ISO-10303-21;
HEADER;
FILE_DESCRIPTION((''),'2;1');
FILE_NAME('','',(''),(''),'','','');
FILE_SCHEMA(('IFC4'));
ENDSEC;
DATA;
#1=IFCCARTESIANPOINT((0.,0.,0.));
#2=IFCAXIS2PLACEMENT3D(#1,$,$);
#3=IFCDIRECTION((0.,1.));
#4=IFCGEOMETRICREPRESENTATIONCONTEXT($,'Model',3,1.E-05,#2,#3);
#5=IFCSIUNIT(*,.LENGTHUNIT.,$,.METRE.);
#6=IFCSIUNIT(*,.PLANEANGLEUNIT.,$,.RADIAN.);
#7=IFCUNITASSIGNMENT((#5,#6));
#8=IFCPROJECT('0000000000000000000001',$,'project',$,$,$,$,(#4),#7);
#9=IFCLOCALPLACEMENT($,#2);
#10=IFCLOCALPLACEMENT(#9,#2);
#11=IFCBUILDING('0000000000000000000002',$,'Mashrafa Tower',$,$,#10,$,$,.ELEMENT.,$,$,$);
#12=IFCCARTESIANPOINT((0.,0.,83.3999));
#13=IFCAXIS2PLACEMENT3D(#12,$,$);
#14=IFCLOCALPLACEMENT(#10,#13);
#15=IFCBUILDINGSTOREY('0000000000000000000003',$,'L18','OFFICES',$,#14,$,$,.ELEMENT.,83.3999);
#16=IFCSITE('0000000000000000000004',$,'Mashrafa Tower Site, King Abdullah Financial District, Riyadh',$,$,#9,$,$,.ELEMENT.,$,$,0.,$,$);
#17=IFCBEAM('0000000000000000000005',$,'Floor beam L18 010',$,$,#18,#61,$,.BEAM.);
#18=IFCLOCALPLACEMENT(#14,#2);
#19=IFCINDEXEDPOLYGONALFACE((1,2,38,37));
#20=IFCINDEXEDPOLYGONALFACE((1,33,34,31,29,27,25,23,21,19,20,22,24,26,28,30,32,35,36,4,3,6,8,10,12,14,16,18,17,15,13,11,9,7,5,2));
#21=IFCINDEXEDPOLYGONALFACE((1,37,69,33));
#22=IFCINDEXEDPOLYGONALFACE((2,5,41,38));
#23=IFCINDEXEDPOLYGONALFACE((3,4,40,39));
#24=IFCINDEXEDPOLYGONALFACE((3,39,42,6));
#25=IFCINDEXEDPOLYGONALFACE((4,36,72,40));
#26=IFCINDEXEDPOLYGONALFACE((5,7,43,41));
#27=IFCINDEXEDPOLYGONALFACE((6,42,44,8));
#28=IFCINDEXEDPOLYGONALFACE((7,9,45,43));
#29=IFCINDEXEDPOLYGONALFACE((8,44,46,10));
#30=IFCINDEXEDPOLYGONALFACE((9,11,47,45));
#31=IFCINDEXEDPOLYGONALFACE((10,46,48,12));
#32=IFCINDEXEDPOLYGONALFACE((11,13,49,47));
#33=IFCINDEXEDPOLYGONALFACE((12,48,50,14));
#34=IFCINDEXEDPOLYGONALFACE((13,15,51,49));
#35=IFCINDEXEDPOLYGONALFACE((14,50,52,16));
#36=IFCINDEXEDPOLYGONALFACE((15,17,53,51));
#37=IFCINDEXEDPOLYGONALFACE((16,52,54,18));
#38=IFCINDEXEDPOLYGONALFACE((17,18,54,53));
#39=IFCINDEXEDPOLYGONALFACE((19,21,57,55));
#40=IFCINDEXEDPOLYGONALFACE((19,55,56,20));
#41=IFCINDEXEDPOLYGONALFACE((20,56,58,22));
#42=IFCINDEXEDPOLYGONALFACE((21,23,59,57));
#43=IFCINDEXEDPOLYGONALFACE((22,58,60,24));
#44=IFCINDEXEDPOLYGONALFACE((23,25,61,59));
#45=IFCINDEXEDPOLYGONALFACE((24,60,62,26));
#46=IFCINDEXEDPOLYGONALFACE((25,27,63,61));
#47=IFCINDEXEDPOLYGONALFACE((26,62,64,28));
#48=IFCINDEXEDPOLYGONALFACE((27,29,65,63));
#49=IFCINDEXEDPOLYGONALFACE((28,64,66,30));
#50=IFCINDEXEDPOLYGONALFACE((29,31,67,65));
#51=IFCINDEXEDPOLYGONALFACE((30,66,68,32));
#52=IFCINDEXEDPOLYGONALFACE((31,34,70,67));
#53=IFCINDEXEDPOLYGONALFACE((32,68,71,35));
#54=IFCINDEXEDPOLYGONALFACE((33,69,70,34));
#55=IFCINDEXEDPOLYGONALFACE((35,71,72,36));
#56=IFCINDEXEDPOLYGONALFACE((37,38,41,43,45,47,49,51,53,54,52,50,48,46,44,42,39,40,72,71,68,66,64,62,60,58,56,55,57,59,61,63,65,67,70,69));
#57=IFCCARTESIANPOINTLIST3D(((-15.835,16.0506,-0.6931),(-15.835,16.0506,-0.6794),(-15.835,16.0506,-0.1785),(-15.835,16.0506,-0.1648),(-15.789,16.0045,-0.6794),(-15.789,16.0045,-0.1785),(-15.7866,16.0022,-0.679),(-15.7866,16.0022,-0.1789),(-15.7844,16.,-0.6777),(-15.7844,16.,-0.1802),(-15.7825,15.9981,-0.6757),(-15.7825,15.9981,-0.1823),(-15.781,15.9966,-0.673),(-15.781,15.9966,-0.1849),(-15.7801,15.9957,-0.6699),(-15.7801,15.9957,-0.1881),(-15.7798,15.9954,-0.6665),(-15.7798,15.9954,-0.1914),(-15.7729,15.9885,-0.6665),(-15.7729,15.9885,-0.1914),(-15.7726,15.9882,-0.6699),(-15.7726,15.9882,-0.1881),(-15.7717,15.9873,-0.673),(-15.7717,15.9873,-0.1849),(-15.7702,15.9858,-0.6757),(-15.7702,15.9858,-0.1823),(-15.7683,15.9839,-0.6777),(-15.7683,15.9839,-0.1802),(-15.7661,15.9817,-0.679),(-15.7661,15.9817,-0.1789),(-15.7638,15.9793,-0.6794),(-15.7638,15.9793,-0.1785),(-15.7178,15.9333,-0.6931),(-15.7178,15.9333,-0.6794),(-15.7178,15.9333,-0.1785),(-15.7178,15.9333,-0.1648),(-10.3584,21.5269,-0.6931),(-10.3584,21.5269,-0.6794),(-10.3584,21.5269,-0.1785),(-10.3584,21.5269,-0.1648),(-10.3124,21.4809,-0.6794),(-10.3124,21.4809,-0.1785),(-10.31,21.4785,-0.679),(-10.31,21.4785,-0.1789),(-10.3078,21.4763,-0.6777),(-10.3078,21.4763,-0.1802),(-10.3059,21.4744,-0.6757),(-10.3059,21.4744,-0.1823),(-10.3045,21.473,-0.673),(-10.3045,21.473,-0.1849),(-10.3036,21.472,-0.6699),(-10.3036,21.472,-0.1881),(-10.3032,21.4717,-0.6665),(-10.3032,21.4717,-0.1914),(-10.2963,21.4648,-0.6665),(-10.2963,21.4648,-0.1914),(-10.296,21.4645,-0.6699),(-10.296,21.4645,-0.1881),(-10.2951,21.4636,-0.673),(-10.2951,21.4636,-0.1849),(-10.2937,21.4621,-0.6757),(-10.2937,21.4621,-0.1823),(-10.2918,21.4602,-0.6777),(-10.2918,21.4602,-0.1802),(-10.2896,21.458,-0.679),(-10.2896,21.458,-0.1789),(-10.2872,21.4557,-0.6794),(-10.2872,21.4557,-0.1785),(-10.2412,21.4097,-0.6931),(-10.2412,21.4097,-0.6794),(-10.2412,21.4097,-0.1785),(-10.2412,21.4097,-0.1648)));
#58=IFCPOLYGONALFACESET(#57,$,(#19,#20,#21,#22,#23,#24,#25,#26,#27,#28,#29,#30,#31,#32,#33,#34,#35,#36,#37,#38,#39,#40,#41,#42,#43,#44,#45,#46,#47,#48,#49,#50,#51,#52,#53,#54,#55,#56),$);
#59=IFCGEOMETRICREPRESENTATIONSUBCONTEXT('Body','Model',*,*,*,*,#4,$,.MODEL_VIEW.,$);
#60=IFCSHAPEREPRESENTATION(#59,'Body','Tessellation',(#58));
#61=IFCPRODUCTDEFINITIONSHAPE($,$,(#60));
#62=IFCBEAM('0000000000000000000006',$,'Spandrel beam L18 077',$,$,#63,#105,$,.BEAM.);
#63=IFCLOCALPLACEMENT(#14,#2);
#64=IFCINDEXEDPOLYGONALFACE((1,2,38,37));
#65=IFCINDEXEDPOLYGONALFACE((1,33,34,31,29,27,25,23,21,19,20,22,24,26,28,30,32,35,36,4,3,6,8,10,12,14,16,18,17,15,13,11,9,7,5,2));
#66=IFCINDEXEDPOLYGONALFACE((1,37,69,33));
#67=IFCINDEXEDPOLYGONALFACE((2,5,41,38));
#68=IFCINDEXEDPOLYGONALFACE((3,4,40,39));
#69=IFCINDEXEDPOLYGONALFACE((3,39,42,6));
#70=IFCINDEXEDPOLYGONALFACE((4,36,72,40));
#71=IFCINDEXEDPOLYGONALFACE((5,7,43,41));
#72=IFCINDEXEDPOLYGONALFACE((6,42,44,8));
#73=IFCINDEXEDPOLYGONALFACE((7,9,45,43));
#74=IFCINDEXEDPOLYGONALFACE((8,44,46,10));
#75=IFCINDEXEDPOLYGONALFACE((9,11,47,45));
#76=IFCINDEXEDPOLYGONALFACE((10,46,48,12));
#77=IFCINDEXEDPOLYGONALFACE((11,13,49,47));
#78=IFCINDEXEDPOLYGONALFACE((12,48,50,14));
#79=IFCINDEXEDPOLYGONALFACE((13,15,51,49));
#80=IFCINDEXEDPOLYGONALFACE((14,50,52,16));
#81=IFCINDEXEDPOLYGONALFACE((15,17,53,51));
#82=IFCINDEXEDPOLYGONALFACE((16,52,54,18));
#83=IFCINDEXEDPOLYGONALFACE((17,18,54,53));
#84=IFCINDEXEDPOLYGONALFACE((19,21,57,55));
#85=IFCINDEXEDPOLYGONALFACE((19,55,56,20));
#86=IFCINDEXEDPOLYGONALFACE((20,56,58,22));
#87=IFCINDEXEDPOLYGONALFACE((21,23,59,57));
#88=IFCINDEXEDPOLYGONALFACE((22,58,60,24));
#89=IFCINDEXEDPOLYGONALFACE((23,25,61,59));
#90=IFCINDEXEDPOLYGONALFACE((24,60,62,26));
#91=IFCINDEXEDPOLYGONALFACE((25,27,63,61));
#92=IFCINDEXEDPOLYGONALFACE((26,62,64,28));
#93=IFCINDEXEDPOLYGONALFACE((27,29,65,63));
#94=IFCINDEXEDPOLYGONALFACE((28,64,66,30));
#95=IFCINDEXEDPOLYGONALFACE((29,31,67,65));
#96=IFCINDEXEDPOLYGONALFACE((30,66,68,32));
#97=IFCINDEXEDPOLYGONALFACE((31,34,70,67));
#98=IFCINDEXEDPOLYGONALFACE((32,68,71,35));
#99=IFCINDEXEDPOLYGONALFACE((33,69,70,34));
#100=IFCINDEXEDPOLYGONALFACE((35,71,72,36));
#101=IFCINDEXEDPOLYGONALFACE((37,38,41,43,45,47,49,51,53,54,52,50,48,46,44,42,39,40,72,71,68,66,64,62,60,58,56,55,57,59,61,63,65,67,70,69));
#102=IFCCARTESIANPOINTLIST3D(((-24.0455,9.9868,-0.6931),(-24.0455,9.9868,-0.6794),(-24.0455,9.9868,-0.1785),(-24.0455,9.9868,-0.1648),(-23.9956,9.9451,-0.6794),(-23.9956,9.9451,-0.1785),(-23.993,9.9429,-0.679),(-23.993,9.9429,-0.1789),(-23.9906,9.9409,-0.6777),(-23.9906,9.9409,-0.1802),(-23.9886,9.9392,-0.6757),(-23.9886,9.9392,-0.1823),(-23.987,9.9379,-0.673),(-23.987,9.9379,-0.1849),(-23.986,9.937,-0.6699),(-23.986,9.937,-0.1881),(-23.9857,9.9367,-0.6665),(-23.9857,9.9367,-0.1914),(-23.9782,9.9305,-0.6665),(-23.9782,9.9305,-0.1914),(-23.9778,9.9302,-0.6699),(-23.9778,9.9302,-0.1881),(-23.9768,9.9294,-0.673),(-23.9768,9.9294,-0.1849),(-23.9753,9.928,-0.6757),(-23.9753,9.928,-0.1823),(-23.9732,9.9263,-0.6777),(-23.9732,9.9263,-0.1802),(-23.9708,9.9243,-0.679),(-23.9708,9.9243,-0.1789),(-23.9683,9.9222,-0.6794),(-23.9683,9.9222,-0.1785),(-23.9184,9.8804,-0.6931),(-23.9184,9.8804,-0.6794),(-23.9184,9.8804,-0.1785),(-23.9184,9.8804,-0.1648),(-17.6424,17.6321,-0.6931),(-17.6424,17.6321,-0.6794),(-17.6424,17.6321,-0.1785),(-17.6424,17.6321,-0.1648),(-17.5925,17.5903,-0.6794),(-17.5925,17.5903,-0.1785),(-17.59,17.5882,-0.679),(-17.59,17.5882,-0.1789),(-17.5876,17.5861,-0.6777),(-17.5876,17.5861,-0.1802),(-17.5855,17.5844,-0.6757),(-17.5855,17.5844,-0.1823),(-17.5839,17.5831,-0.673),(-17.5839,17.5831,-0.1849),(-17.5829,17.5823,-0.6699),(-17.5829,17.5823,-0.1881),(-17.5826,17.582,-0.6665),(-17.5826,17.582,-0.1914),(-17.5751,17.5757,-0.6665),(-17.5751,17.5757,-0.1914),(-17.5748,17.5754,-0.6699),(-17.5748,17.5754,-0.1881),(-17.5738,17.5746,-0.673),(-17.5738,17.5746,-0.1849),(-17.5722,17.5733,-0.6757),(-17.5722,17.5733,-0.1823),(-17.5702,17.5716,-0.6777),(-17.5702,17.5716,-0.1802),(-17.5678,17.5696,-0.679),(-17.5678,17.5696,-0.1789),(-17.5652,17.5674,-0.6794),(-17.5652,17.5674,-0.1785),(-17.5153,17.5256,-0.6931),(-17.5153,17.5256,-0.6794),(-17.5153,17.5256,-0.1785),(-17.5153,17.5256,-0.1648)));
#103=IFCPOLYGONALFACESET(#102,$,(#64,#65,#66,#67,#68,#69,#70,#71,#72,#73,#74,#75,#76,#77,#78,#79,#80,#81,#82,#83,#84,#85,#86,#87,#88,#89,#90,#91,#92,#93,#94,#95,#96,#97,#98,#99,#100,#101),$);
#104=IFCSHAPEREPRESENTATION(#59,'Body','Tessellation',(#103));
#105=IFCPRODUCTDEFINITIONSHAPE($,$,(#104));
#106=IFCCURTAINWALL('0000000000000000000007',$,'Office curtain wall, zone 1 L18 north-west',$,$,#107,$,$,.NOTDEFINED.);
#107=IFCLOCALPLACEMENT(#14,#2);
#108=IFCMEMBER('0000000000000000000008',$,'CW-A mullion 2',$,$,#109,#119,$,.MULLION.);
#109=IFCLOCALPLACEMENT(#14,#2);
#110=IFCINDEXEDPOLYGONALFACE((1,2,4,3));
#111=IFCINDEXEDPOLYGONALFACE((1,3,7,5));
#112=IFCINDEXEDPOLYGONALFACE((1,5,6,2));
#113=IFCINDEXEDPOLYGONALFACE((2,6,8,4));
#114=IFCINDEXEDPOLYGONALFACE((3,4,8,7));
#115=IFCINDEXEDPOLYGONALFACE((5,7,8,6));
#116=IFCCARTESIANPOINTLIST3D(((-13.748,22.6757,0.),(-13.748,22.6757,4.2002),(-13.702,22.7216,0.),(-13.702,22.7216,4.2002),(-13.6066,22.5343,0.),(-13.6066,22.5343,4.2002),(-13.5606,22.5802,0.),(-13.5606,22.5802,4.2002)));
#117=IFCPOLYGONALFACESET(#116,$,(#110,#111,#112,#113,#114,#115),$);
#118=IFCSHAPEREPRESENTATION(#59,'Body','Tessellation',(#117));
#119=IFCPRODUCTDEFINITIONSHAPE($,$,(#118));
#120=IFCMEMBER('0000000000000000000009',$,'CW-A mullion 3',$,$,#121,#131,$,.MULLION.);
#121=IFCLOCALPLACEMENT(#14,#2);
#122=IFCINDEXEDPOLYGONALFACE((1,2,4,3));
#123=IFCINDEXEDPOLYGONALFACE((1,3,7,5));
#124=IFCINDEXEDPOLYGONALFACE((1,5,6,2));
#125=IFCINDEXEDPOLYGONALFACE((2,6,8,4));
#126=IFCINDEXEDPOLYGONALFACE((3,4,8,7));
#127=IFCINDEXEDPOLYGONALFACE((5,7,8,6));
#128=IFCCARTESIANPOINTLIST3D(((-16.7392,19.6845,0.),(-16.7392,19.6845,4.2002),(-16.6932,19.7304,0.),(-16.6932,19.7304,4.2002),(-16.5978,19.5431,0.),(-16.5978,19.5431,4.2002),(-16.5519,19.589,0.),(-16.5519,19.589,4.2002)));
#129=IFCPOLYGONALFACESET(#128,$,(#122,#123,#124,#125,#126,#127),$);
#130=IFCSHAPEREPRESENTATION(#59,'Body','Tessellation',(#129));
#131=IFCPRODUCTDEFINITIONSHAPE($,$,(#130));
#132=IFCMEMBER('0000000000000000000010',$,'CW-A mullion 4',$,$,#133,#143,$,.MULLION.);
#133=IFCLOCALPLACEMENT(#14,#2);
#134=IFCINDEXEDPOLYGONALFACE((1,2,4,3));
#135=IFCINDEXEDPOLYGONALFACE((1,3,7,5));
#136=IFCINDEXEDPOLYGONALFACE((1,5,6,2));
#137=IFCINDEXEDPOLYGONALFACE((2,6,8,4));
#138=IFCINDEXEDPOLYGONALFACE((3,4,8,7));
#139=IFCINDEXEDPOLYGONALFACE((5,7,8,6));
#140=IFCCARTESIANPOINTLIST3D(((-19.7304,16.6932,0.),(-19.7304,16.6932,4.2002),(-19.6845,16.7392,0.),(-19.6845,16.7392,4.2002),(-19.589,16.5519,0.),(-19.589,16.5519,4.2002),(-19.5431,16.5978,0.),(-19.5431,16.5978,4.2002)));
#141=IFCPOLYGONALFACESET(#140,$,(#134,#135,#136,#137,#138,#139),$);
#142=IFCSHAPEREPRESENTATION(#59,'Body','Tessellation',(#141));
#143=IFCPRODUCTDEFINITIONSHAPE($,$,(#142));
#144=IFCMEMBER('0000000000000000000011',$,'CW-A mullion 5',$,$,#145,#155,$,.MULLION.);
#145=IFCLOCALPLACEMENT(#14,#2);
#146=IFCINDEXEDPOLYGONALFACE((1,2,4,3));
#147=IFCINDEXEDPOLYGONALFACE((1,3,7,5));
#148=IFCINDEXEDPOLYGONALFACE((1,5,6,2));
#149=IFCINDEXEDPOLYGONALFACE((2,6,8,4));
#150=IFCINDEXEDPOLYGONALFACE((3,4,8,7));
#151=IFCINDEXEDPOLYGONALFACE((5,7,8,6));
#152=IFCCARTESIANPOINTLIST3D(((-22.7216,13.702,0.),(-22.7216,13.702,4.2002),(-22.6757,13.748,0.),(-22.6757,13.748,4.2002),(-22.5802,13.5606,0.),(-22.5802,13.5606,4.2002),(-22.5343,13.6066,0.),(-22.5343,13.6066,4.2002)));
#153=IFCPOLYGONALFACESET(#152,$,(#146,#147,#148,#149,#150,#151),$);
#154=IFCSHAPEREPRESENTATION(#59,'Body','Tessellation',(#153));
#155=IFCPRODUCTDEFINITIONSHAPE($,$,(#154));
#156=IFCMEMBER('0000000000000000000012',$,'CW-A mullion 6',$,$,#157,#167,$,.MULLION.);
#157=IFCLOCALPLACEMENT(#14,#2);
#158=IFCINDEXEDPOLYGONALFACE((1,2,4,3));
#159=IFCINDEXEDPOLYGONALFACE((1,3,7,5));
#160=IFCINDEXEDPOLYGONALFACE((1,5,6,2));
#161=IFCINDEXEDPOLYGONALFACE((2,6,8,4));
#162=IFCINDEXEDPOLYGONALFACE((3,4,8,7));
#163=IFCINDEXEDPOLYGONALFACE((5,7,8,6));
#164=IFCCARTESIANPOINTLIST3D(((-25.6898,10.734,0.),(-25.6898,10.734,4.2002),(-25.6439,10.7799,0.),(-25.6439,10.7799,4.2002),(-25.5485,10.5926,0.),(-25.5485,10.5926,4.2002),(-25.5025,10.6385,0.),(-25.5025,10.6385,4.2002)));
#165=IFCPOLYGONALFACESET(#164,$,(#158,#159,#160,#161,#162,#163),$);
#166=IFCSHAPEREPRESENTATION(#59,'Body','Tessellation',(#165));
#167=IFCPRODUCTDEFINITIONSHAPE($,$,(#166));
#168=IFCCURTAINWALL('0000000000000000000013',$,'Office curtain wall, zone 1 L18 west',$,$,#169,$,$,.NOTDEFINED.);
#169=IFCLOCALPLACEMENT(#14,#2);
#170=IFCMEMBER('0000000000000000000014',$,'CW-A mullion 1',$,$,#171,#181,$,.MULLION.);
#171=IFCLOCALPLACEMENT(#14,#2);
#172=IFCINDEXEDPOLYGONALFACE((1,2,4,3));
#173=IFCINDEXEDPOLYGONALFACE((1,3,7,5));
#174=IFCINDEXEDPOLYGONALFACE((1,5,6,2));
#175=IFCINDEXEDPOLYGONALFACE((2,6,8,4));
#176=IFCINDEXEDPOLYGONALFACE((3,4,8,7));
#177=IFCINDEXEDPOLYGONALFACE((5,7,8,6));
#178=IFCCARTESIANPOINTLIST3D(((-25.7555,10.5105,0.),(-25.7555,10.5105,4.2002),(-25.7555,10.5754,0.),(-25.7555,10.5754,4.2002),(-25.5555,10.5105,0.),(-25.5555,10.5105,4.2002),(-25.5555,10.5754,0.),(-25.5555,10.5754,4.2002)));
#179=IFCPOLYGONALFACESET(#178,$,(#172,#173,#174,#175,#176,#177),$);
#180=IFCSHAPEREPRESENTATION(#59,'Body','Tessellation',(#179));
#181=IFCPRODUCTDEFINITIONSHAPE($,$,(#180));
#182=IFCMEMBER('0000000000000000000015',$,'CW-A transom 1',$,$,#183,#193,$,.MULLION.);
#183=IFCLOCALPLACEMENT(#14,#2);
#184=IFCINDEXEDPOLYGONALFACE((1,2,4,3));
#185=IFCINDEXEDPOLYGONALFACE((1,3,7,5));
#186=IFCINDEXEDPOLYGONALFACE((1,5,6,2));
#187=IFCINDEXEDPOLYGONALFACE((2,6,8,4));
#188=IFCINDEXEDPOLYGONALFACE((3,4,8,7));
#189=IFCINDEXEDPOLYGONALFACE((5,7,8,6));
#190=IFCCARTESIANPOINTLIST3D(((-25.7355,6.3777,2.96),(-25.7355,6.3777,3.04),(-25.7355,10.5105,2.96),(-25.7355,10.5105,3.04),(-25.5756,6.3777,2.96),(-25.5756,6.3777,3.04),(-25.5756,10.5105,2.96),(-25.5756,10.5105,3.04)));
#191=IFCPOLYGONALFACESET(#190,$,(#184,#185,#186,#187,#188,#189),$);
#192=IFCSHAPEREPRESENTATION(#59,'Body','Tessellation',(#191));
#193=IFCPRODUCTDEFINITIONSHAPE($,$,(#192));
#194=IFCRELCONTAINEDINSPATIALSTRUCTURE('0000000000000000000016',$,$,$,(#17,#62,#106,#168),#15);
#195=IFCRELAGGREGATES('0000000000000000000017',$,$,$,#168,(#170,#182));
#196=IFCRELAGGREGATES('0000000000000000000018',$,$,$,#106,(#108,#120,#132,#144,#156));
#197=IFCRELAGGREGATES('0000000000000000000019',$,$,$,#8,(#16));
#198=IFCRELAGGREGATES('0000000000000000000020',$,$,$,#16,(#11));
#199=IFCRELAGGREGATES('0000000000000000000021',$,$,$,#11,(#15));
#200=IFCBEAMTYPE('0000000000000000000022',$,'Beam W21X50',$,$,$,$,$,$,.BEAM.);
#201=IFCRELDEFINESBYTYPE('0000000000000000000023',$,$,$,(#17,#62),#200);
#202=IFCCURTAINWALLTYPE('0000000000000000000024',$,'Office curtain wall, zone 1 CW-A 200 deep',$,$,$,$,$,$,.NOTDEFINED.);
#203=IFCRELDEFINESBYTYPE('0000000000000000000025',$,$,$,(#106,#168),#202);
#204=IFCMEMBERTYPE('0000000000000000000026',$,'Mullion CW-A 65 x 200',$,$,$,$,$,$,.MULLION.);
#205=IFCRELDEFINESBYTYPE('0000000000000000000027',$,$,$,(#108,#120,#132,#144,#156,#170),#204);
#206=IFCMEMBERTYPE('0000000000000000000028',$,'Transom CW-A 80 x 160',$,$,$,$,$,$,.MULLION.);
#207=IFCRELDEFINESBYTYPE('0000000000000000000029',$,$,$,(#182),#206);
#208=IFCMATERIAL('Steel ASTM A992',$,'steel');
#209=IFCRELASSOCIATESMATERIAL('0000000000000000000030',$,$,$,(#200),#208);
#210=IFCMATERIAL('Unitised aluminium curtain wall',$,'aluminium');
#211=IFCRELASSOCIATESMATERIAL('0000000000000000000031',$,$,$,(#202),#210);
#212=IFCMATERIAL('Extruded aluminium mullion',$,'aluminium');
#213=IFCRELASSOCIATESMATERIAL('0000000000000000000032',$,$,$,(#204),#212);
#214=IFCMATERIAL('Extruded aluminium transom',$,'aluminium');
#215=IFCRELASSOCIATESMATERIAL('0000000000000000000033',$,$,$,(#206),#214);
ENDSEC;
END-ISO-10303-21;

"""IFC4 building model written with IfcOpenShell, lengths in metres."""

from ifc_helpers import new_model, si_unit, direction, frame, origin, origin_2d, place, context, subcontext, project, spatial, rectangle, i_section, extrude, source, transform, mapped, material, material_profile, profile_set, type_object, type_shapes, element, aggregate, save


model = new_model("IFC4")

# Units and contexts
model_context = context("Model", 3, precision=1e-05, world=origin(), true_north=direction((0.0, 1.0)))
body_context = subcontext(model_context, "Body", "Model", "MODEL_VIEW")
ifc_project = project(units=[si_unit("LENGTHUNIT", "METRE"), si_unit("PLANEANGLEUNIT", "RADIAN")], contexts=[model_context])

# Site, building, storey
site_placement = place(None, origin())
site = spatial("IfcSite", under=ifc_project, at=site_placement, Name="Mashrafa Tower Site, King Abdullah Financial District, Riyadh", CompositionType="ELEMENT", RefElevation=0.0)
building_placement = place(site_placement, origin())
building = spatial("IfcBuilding", under=site, at=building_placement, Name="Mashrafa Tower", CompositionType="ELEMENT")
storey_placement = place(building_placement, frame((0.0, 0.0, 83.3999)))
storey = spatial("IfcBuildingStorey", under=building, at=storey_placement, Name="L18", Description="OFFICES", CompositionType="ELEMENT", Elevation=83.3999)

# Beams
ifc_material_1 = material(Name="Steel ASTM A992", Category="steel")
ifc_material_profile_1 = material_profile(ifc_material_1, i_section(OverallWidth=0.1658, OverallDepth=0.5283, WebThickness=0.0098, FlangeThickness=0.0137, FilletRadius=0.0129, at=origin_2d()), Name="W21X50")
ifc_profile_set_1 = profile_set([ifc_material_profile_1], Name="Steel ASTM A992")
beam_type_1 = type_object("IfcBeamType", Name="Beam W21X50", PredefinedType="BEAM", material=ifc_profile_set_1)
beam_1_placement = place(storey_placement, frame((-15.7764, 15.9919, -0.429), z_axis=(0.707123, 0.707091, 0.0), x_axis=(-0.707091, 0.707123, 0.0)))
element("IfcBeam", 1, at=beam_1_placement, inside=storey, type_object=beam_type_1, Name="Floor beam L18 010", PredefinedType="BEAM", context=body_context, shape_type="SweptSolid", body=[
    extrude(i_section(OverallWidth=0.1658, OverallDepth=0.5283, WebThickness=0.0098, FlangeThickness=0.0137, FilletRadius=0.0129, at=origin_2d()), origin(), (0.0, 0.0, 1.0), 7.7449),
])
beam_2_placement = place(storey_placement, frame((-17.5789, 17.5789, -0.429), z_axis=(-0.642078, -0.76664, 0.0), x_axis=(0.76664, -0.642078, 0.0)))
element("IfcBeam", 2, at=beam_2_placement, inside=storey, type_object=beam_type_1, Name="Spandrel beam L18 077", PredefinedType="BEAM", context=body_context, shape_type="SweptSolid", body=[
    extrude(i_section(OverallWidth=0.1658, OverallDepth=0.5283, WebThickness=0.0098, FlangeThickness=0.0137, FilletRadius=0.0129, at=origin_2d()), origin(), (0.0, 0.0, 1.0), 9.9724),
])

# Curtain walls, members
ifc_material_2 = material(Name="Unitised aluminium curtain wall", Category="aluminium")
curtain_wall_type = type_object("IfcCurtainWallType", Name="Office curtain wall, zone 1 CW-A 200 deep", PredefinedType="NOTDEFINED", material=ifc_material_2)
curtain_wall_1_placement = place(storey_placement, origin())
curtain_wall_1 = element("IfcCurtainWall", 3, at=curtain_wall_1_placement, inside=storey, type_object=curtain_wall_type, Name="Office curtain wall, zone 1 L18 north-west", PredefinedType="NOTDEFINED")
ifc_material_3 = material(Name="Extruded aluminium mullion", Category="aluminium")
ifc_material_profile_2 = material_profile(ifc_material_3, rectangle(XDim=0.2, YDim=0.0649, at=origin_2d()), Name="Mullion 65x200")
ifc_profile_set_2 = profile_set([ifc_material_profile_2], Name="Extruded aluminium mullion")
member_type_1 = type_object("IfcMemberType", Name="Mullion CW-A 65 x 200", PredefinedType="MULLION", material=ifc_profile_set_2)
shared_shape_1 = source(origin(), body_context, "Body", "SweptSolid", [
    extrude(rectangle(XDim=0.2, YDim=0.0649, at=origin_2d()), origin(), (0.0, 0.0, 1.0), 4.2002),
])
type_shapes(member_type_1, [shared_shape_1])
member_1_placement = place(storey_placement, frame((-13.6543, 22.6279, 0.0), z_axis=(0.0, 0.0, 1.0), x_axis=(0.707107, -0.707107, 0.0)))
member_1 = element("IfcMember", 4, at=member_1_placement, type_object=member_type_1, Name="CW-A mullion 2", PredefinedType="MULLION", context=body_context, shape_type="MappedRepresentation", body=[
    mapped(shared_shape_1, transform((0.0, 0.0, 0.0))),
])
member_2_placement = place(storey_placement, frame((-16.6455, 19.6367, 0.0), z_axis=(0.0, 0.0, 1.0), x_axis=(0.707107, -0.707107, 0.0)))
member_2 = element("IfcMember", 5, at=member_2_placement, type_object=member_type_1, Name="CW-A mullion 3", PredefinedType="MULLION", context=body_context, shape_type="MappedRepresentation", body=[
    mapped(shared_shape_1, transform((0.0, 0.0, 0.0))),
])
member_3_placement = place(storey_placement, frame((-19.6367, 16.6455, 0.0), z_axis=(0.0, 0.0, 1.0), x_axis=(0.707107, -0.707107, 0.0)))
member_3 = element("IfcMember", 6, at=member_3_placement, type_object=member_type_1, Name="CW-A mullion 4", PredefinedType="MULLION", context=body_context, shape_type="MappedRepresentation", body=[
    mapped(shared_shape_1, transform((0.0, 0.0, 0.0))),
])
member_4_placement = place(storey_placement, frame((-22.6279, 13.6543, 0.0), z_axis=(0.0, 0.0, 1.0), x_axis=(0.707107, -0.707107, 0.0)))
member_4 = element("IfcMember", 7, at=member_4_placement, type_object=member_type_1, Name="CW-A mullion 5", PredefinedType="MULLION", context=body_context, shape_type="MappedRepresentation", body=[
    mapped(shared_shape_1, transform((0.0, 0.0, 0.0))),
])
member_5_placement = place(storey_placement, frame((-25.5962, 10.6863, 0.0), z_axis=(0.0, 0.0, 1.0), x_axis=(0.707107, -0.707107, 0.0)))
member_5 = element("IfcMember", 8, at=member_5_placement, type_object=member_type_1, Name="CW-A mullion 6", PredefinedType="MULLION", context=body_context, shape_type="MappedRepresentation", body=[
    mapped(shared_shape_1, transform((0.0, 0.0, 0.0))),
])
curtain_wall_2_placement = place(storey_placement, origin())
curtain_wall_2 = element("IfcCurtainWall", 9, at=curtain_wall_2_placement, inside=storey, type_object=curtain_wall_type, Name="Office curtain wall, zone 1 L18 west", PredefinedType="NOTDEFINED")
member_6_placement = place(storey_placement, frame((-25.6555, 10.543, 0.0), z_axis=(0.0, 0.0, 1.0), x_axis=(1.0, 0.0, 0.0)))
member_6 = element("IfcMember", 10, at=member_6_placement, type_object=member_type_1, Name="CW-A mullion 1", PredefinedType="MULLION", context=body_context, shape_type="MappedRepresentation", body=[
    mapped(shared_shape_1, transform((0.0, 0.0, 0.0))),
])
ifc_material_4 = material(Name="Extruded aluminium transom", Category="aluminium")
ifc_material_profile_3 = material_profile(ifc_material_4, rectangle(XDim=0.1599, YDim=0.0801, at=origin_2d()), Name="Transom 80x160")
ifc_profile_set_3 = profile_set([ifc_material_profile_3], Name="Extruded aluminium transom")
member_type_2 = type_object("IfcMemberType", Name="Transom CW-A 80 x 160", PredefinedType="MULLION", material=ifc_profile_set_3)
shared_shape_2 = source(origin(), body_context, "Body", "SweptSolid", [
    extrude(rectangle(XDim=0.1599, YDim=0.0801, at=origin_2d()), origin(), (0.0, 0.0, 1.0), 4.1328),
])
member_7_placement = place(storey_placement, frame((-25.6555, 10.5105, 3.0), z_axis=(0.0, -1.0, 0.0), x_axis=(1.0, 0.0, 0.0)))
member_7 = element("IfcMember", 11, at=member_7_placement, type_object=member_type_2, Name="CW-A transom 1", PredefinedType="MULLION", context=body_context, shape_type="MappedRepresentation", body=[
    mapped(shared_shape_2, transform((0.0, 0.0, 0.0))),
])
aggregate(curtain_wall_2, [member_6, member_7])

aggregate(curtain_wall_1, [member_1, member_2, member_3, member_4, member_5])

save(model, "model.ifc")
